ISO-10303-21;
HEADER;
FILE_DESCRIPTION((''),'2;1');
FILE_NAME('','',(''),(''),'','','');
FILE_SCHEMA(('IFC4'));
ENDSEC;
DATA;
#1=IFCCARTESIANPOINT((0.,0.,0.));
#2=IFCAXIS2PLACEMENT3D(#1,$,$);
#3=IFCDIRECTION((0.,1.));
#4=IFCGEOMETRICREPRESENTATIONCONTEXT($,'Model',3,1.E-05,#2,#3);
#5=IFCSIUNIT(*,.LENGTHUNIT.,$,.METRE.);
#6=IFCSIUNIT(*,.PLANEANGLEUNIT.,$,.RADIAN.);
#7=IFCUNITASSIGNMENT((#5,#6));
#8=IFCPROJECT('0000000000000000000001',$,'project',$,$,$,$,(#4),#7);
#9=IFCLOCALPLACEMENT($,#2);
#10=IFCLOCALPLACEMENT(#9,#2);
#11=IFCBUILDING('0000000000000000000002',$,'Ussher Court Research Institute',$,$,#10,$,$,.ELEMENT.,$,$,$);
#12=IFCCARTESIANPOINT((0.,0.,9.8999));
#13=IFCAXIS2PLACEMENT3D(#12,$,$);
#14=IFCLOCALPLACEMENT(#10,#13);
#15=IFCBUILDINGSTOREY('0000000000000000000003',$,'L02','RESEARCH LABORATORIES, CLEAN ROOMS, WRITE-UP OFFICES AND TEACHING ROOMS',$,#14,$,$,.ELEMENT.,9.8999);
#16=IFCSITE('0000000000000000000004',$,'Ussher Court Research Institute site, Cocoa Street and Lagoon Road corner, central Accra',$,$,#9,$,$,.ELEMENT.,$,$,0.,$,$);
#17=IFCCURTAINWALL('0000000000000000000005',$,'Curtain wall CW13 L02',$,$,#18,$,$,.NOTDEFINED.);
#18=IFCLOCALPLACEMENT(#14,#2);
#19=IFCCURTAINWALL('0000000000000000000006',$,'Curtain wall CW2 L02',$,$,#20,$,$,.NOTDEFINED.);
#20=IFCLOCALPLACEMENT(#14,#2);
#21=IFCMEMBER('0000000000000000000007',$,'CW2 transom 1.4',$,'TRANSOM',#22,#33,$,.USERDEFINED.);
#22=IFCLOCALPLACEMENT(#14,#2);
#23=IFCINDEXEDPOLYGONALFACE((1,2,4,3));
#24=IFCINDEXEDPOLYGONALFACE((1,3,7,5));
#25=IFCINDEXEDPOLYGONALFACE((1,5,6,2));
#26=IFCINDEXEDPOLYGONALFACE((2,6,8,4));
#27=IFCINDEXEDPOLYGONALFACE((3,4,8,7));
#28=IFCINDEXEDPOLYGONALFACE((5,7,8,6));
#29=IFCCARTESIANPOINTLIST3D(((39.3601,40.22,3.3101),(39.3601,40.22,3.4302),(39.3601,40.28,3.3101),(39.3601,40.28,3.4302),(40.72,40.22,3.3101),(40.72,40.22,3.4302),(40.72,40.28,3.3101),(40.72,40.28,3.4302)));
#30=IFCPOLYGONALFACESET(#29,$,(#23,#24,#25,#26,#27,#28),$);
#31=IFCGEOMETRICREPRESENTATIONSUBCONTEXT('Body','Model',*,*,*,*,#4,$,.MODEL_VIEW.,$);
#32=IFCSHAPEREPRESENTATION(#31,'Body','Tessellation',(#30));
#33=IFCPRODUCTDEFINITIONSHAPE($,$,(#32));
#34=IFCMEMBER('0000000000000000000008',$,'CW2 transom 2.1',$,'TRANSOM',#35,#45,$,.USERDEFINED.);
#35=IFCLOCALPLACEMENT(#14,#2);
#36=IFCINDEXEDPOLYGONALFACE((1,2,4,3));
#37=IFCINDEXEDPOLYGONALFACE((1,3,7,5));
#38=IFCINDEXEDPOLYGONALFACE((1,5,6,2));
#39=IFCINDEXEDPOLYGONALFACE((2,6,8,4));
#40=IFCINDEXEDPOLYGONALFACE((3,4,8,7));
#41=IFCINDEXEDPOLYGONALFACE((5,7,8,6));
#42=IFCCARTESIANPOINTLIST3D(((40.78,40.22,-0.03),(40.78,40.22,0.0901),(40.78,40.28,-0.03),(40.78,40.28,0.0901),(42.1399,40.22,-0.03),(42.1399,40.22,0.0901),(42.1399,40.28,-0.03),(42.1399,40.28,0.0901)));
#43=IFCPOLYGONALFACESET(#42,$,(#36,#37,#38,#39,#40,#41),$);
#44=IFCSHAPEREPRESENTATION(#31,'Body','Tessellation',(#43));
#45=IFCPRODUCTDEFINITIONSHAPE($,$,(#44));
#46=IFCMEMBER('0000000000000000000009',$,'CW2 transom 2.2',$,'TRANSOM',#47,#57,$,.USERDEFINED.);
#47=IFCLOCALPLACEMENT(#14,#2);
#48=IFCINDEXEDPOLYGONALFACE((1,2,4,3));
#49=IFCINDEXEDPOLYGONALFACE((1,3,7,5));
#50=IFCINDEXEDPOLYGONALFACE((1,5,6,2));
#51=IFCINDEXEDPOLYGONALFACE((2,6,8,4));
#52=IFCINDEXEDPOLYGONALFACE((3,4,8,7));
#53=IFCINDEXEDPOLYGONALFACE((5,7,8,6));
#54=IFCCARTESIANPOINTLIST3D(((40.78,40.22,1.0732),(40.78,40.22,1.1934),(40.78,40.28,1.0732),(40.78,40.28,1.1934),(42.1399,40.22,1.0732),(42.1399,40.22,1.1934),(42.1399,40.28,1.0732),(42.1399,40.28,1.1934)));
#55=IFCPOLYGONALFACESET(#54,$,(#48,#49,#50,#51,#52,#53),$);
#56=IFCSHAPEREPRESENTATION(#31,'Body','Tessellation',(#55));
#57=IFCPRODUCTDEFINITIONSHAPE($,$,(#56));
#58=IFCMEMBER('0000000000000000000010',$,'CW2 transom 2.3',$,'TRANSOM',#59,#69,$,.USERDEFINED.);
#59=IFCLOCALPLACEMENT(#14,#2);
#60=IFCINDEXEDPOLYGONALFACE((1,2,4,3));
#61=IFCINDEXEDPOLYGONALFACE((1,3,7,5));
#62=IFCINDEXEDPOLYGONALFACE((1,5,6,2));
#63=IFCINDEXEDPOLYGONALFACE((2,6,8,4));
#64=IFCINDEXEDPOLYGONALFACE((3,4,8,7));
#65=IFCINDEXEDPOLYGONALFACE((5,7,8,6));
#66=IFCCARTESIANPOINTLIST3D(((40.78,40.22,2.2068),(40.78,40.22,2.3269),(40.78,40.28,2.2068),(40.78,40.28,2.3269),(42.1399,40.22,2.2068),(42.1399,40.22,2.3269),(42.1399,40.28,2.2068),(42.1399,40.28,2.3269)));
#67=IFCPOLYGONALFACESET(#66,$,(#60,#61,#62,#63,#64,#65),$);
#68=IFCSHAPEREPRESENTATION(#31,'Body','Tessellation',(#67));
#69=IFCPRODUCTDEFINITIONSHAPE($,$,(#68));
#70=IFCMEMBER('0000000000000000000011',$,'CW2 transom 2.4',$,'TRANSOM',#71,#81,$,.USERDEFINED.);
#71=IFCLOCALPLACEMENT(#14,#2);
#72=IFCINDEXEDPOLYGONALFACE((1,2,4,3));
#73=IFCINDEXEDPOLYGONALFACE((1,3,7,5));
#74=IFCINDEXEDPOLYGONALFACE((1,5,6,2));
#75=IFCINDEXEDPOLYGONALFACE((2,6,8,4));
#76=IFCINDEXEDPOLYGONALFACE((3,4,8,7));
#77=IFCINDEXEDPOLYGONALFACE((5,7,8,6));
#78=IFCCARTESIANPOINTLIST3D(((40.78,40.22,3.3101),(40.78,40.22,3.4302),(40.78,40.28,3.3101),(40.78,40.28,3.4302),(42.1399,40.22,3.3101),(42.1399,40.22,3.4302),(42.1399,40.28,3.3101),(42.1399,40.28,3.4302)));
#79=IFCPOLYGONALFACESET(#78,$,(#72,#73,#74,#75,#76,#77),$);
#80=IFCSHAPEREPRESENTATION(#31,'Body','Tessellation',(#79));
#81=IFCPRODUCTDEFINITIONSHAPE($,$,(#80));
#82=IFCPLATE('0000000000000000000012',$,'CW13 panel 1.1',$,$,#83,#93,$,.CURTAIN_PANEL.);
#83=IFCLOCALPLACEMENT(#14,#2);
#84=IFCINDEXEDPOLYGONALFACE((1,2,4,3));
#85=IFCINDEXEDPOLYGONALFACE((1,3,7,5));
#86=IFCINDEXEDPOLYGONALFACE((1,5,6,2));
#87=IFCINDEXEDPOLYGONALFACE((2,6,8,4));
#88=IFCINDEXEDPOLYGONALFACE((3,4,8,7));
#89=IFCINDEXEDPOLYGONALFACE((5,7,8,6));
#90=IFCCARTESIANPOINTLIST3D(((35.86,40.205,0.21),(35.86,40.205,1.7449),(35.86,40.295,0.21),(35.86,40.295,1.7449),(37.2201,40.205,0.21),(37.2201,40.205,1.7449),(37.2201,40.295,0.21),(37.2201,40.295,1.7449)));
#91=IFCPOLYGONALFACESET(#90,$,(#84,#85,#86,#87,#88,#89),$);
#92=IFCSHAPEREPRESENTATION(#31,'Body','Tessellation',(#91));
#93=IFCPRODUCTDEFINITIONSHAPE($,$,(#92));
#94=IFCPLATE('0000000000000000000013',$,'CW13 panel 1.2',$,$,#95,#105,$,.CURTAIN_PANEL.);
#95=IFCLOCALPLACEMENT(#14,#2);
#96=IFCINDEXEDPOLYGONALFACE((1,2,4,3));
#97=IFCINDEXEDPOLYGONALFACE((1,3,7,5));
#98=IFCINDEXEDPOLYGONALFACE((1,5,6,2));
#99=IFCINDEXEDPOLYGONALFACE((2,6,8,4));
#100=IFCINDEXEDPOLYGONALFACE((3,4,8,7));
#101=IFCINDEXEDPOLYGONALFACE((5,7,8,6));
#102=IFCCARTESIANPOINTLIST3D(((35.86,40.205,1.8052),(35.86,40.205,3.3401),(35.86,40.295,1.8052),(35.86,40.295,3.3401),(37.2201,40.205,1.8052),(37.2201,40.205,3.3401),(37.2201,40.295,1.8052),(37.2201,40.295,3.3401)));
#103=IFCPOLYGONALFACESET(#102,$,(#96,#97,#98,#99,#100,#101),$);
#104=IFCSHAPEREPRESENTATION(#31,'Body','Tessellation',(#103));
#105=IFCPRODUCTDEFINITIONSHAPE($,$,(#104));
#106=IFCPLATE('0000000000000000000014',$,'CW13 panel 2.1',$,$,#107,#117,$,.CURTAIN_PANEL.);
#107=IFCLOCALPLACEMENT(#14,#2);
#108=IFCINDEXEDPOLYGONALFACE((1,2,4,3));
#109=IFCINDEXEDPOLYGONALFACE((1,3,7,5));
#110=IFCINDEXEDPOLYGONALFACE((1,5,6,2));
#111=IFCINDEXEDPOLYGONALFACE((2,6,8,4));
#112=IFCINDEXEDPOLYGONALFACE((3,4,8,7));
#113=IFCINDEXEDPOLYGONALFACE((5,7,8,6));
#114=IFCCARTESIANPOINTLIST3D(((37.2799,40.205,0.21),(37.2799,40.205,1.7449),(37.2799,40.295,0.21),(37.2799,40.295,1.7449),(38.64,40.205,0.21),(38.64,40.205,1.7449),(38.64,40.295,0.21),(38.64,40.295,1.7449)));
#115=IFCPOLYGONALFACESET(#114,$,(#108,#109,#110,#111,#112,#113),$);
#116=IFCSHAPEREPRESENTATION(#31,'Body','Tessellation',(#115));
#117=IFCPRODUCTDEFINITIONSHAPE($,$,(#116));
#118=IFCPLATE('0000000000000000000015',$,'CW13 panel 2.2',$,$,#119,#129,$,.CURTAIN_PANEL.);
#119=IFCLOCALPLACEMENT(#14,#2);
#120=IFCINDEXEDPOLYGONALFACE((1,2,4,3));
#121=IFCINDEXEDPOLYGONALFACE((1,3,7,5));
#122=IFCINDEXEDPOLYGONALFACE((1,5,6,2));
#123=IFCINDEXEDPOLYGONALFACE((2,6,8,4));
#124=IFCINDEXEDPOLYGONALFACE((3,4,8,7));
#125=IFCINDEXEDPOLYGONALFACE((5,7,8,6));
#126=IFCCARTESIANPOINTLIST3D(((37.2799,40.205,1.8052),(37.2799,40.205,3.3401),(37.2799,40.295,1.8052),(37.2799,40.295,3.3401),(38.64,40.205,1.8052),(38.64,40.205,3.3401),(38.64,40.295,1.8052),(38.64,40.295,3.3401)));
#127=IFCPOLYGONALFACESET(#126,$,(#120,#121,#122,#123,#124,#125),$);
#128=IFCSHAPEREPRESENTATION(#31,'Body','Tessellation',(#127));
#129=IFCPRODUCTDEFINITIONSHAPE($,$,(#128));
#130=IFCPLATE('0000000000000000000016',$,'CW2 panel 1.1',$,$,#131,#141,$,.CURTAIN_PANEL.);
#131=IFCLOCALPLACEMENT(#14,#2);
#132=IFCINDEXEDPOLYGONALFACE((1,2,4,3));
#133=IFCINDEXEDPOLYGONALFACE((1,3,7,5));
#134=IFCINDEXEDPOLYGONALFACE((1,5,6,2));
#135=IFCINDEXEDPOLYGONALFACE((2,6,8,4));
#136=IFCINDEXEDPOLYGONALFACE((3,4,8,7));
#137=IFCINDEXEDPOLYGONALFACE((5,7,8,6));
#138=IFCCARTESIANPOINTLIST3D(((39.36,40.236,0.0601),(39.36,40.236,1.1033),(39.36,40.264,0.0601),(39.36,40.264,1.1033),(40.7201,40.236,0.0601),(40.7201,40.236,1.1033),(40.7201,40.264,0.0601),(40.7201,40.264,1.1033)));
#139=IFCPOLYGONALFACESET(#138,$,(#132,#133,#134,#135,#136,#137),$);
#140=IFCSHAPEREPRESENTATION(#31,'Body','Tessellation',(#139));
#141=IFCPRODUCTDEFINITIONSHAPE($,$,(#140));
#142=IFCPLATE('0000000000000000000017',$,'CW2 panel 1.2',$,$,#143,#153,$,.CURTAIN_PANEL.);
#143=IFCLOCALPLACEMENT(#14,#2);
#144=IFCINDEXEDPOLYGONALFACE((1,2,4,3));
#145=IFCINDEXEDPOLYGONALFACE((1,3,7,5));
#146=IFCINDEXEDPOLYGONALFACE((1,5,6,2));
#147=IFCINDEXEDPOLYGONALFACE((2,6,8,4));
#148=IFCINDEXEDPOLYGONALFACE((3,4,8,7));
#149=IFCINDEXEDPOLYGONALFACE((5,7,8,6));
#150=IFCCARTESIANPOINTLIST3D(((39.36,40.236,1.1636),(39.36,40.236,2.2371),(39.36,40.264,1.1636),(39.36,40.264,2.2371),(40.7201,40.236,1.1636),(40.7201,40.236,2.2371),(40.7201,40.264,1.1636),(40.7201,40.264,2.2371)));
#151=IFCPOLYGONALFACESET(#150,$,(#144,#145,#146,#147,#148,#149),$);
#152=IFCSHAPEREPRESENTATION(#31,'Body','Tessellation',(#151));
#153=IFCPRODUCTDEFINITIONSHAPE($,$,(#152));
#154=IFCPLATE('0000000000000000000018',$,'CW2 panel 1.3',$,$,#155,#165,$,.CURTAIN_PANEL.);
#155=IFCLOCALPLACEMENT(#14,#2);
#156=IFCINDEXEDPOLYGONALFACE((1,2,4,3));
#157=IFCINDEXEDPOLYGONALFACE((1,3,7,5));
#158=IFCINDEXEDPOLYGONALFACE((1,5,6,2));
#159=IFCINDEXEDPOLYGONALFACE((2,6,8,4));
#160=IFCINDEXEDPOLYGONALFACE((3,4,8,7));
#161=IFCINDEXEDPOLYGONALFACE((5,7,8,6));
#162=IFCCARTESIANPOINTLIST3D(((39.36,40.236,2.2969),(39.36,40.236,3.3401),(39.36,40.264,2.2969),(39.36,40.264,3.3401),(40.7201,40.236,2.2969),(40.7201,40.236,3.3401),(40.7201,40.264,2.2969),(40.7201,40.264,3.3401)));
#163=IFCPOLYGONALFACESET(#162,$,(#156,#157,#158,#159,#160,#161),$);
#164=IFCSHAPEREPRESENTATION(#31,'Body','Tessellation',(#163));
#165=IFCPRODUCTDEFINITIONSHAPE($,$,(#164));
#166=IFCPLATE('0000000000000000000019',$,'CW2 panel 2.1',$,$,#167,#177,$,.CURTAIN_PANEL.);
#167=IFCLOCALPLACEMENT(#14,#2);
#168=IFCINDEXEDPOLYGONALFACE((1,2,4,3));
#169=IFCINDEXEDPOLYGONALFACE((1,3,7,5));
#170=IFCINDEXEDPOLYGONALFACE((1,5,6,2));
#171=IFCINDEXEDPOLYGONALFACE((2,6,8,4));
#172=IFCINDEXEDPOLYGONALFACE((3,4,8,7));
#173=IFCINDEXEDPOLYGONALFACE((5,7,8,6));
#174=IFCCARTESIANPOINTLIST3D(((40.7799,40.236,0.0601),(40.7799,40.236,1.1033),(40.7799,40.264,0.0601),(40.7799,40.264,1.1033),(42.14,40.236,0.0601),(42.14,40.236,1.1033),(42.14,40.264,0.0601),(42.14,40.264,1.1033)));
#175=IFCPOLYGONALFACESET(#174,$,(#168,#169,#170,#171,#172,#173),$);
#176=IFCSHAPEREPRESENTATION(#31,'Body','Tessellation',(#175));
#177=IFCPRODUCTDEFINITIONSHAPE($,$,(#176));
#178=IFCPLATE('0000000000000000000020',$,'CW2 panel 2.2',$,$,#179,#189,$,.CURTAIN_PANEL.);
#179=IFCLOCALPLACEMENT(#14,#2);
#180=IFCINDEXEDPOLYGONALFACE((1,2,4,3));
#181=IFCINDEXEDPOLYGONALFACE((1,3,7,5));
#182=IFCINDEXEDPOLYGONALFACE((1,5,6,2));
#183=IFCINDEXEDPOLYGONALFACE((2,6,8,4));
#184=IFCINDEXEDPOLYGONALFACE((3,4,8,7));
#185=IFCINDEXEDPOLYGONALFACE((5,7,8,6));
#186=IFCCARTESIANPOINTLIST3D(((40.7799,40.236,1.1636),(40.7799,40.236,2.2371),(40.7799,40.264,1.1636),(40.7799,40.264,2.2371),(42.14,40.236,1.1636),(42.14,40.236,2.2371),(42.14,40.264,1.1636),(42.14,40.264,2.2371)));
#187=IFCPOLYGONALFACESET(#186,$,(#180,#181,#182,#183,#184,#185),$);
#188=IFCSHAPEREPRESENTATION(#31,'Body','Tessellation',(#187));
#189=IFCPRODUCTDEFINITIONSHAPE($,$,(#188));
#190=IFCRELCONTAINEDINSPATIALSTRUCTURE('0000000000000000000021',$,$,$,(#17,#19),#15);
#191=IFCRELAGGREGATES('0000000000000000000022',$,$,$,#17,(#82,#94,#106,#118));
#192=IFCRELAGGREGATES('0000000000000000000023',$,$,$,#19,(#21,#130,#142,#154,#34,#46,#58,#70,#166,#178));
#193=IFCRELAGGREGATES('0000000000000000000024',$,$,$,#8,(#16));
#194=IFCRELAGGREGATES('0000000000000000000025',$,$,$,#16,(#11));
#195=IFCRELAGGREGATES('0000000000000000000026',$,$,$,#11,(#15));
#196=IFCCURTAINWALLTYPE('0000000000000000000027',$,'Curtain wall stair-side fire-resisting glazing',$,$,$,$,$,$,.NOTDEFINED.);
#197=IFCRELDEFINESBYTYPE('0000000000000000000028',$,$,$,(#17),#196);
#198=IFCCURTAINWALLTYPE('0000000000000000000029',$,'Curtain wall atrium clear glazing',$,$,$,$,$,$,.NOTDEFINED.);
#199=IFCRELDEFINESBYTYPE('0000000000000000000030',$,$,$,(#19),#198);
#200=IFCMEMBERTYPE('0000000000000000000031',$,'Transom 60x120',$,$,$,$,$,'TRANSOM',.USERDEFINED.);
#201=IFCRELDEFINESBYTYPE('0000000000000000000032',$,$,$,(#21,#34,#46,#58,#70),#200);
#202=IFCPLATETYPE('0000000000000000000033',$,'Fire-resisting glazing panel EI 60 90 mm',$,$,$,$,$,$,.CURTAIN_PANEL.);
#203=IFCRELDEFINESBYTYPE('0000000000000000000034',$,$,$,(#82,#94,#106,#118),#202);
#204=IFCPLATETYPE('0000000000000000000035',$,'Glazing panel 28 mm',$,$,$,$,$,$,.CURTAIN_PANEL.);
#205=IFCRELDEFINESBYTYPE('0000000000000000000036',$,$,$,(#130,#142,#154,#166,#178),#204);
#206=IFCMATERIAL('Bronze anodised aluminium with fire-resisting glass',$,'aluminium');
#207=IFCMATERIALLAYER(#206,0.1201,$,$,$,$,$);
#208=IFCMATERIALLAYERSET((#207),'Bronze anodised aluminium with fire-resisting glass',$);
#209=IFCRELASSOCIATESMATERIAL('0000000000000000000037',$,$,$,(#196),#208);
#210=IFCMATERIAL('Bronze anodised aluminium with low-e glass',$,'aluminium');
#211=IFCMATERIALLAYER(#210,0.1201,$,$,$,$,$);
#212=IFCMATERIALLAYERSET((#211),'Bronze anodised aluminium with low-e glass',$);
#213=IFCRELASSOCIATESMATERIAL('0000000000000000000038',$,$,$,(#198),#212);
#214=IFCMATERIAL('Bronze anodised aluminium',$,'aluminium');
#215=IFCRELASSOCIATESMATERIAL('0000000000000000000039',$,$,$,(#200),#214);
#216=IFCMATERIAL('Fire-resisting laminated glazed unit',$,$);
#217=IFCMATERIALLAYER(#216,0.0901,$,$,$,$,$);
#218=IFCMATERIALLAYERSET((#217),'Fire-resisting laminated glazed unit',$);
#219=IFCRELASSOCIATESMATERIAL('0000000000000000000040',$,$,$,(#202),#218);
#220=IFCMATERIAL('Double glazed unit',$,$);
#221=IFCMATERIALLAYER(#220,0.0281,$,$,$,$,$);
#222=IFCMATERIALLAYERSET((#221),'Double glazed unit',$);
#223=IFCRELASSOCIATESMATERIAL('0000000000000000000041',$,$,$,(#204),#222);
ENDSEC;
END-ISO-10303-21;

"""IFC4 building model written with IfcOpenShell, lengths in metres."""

from ifc_helpers import new_model, si_unit, direction, frame, origin, origin_2d, place, context, subcontext, project, spatial, rectangle, extrude, material, layer, layer_set, material_profile, profile_set, type_object, element, aggregate, save


model = new_model("IFC4")

# Units and contexts
model_context = context("Model", 3, precision=1e-05, world=origin(), true_north=direction((0.0, 1.0)))
body_context = subcontext(model_context, "Body", "Model", "MODEL_VIEW")
ifc_project = project(units=[si_unit("LENGTHUNIT", "METRE"), si_unit("PLANEANGLEUNIT", "RADIAN")], contexts=[model_context])

# Site, building, storey
site_placement = place(None, origin())
site = spatial("IfcSite", under=ifc_project, at=site_placement, Name="Ussher Court Research Institute site, Cocoa Street and Lagoon Road corner, central Accra", CompositionType="ELEMENT", RefElevation=0.0)
building_placement = place(site_placement, origin())
building = spatial("IfcBuilding", under=site, at=building_placement, Name="Ussher Court Research Institute", CompositionType="ELEMENT")
storey_placement = place(building_placement, frame((0.0, 0.0, 9.8999)))
storey = spatial("IfcBuildingStorey", under=building, at=storey_placement, Name="L02", Description="RESEARCH LABORATORIES, CLEAN ROOMS, WRITE-UP OFFICES AND TEACHING ROOMS", CompositionType="ELEMENT", Elevation=9.8999)

# Curtain walls
ifc_material_1 = material(Name="Bronze anodised aluminium with fire-resisting glass", Category="aluminium")
ifc_layer_1 = layer(ifc_material_1, 0.1201)
ifc_layer_set_1 = layer_set([ifc_layer_1], Name="Bronze anodised aluminium with fire-resisting glass")
curtain_wall_type_1 = type_object("IfcCurtainWallType", Name="Curtain wall stair-side fire-resisting glazing", PredefinedType="NOTDEFINED", material=ifc_layer_set_1)
curtain_wall_1_placement = place(storey_placement, origin())
curtain_wall_1 = element("IfcCurtainWall", 1, at=curtain_wall_1_placement, inside=storey, type_object=curtain_wall_type_1, Name="Curtain wall CW13 L02", PredefinedType="NOTDEFINED")
ifc_material_2 = material(Name="Bronze anodised aluminium with low-e glass", Category="aluminium")
ifc_layer_2 = layer(ifc_material_2, 0.1201)
ifc_layer_set_2 = layer_set([ifc_layer_2], Name="Bronze anodised aluminium with low-e glass")
curtain_wall_type_2 = type_object("IfcCurtainWallType", Name="Curtain wall atrium clear glazing", PredefinedType="NOTDEFINED", material=ifc_layer_set_2)
curtain_wall_2_placement = place(storey_placement, origin())
curtain_wall_2 = element("IfcCurtainWall", 2, at=curtain_wall_2_placement, inside=storey, type_object=curtain_wall_type_2, Name="Curtain wall CW2 L02", PredefinedType="NOTDEFINED")

# Members
ifc_material_3 = material(Name="Bronze anodised aluminium", Category="aluminium")
ifc_material_profile_1 = material_profile(ifc_material_3, rectangle(XDim=0.0601, YDim=0.1201, at=origin_2d()), Name="Transom 60x120")
ifc_profile_set_1 = profile_set([ifc_material_profile_1], Name="Bronze anodised aluminium")
member_type_1 = type_object("IfcMemberType", Name="Transom 60x120", ElementType="TRANSOM", PredefinedType="USERDEFINED", material=ifc_profile_set_1)
member_1_placement = place(storey_placement, frame((39.3601, 40.25, 3.3701), z_axis=(1.0, 0.0, 0.0), x_axis=(0.0, 1.0, 0.0)))
member_1 = element("IfcMember", 3, at=member_1_placement, type_object=member_type_1, Name="CW2 transom 1.4", ObjectType="TRANSOM", PredefinedType="USERDEFINED", context=body_context, shape_type="SweptSolid", body=[
    extrude(rectangle(XDim=0.0601, YDim=0.1201, at=origin_2d()), origin(), (0.0, 0.0, 1.0), 1.3599),
])
member_2_placement = place(storey_placement, frame((40.78, 40.25, 0.03), z_axis=(1.0, 0.0, 0.0), x_axis=(0.0, 1.0, 0.0)))
member_2 = element("IfcMember", 4, at=member_2_placement, type_object=member_type_1, Name="CW2 transom 2.1", ObjectType="TRANSOM", PredefinedType="USERDEFINED", context=body_context, shape_type="SweptSolid", body=[
    extrude(rectangle(XDim=0.0601, YDim=0.1201, at=origin_2d()), origin(), (0.0, 0.0, 1.0), 1.3599),
])
member_3_placement = place(storey_placement, frame((40.78, 40.25, 1.1333), z_axis=(1.0, 0.0, 0.0), x_axis=(0.0, 1.0, 0.0)))
member_3 = element("IfcMember", 5, at=member_3_placement, type_object=member_type_1, Name="CW2 transom 2.2", ObjectType="TRANSOM", PredefinedType="USERDEFINED", context=body_context, shape_type="SweptSolid", body=[
    extrude(rectangle(XDim=0.0601, YDim=0.1201, at=origin_2d()), origin(), (0.0, 0.0, 1.0), 1.3599),
])
member_4_placement = place(storey_placement, frame((40.78, 40.25, 2.2668), z_axis=(1.0, 0.0, 0.0), x_axis=(0.0, 1.0, 0.0)))
member_4 = element("IfcMember", 6, at=member_4_placement, type_object=member_type_1, Name="CW2 transom 2.3", ObjectType="TRANSOM", PredefinedType="USERDEFINED", context=body_context, shape_type="SweptSolid", body=[
    extrude(rectangle(XDim=0.0601, YDim=0.1201, at=origin_2d()), origin(), (0.0, 0.0, 1.0), 1.3599),
])
member_5_placement = place(storey_placement, frame((40.78, 40.25, 3.3701), z_axis=(1.0, 0.0, 0.0), x_axis=(0.0, 1.0, 0.0)))
member_5 = element("IfcMember", 7, at=member_5_placement, type_object=member_type_1, Name="CW2 transom 2.4", ObjectType="TRANSOM", PredefinedType="USERDEFINED", context=body_context, shape_type="SweptSolid", body=[
    extrude(rectangle(XDim=0.0601, YDim=0.1201, at=origin_2d()), origin(), (0.0, 0.0, 1.0), 1.3599),
])

# Plates
ifc_material_4 = material(Name="Fire-resisting laminated glazed unit")
ifc_layer_3 = layer(ifc_material_4, 0.0901)
ifc_layer_set_3 = layer_set([ifc_layer_3], Name="Fire-resisting laminated glazed unit")
plate_type_1 = type_object("IfcPlateType", Name="Fire-resisting glazing panel EI 60 90 mm", PredefinedType="CURTAIN_PANEL", material=ifc_layer_set_3)
plate_1_placement = place(storey_placement, frame((36.54, 40.25, 0.21), z_axis=(0.0, 0.0, 1.0), x_axis=(1.0, 0.0, 0.0)))
plate_1 = element("IfcPlate", 8, at=plate_1_placement, type_object=plate_type_1, Name="CW13 panel 1.1", PredefinedType="CURTAIN_PANEL", context=body_context, shape_type="SweptSolid", body=[
    extrude(rectangle(XDim=1.3601, YDim=0.0901, at=origin_2d()), origin(), (0.0, 0.0, 1.0), 1.5349),
])
plate_2_placement = place(storey_placement, frame((36.54, 40.25, 1.8052), z_axis=(0.0, 0.0, 1.0), x_axis=(1.0, 0.0, 0.0)))
plate_2 = element("IfcPlate", 9, at=plate_2_placement, type_object=plate_type_1, Name="CW13 panel 1.2", PredefinedType="CURTAIN_PANEL", context=body_context, shape_type="SweptSolid", body=[
    extrude(rectangle(XDim=1.3601, YDim=0.0901, at=origin_2d()), origin(), (0.0, 0.0, 1.0), 1.5349),
])
plate_3_placement = place(storey_placement, frame((37.96, 40.25, 0.21), z_axis=(0.0, 0.0, 1.0), x_axis=(1.0, 0.0, 0.0)))
plate_3 = element("IfcPlate", 10, at=plate_3_placement, type_object=plate_type_1, Name="CW13 panel 2.1", PredefinedType="CURTAIN_PANEL", context=body_context, shape_type="SweptSolid", body=[
    extrude(rectangle(XDim=1.3601, YDim=0.0901, at=origin_2d()), origin(), (0.0, 0.0, 1.0), 1.5349),
])
plate_4_placement = place(storey_placement, frame((37.96, 40.25, 1.8052), z_axis=(0.0, 0.0, 1.0), x_axis=(1.0, 0.0, 0.0)))
plate_4 = element("IfcPlate", 11, at=plate_4_placement, type_object=plate_type_1, Name="CW13 panel 2.2", PredefinedType="CURTAIN_PANEL", context=body_context, shape_type="SweptSolid", body=[
    extrude(rectangle(XDim=1.3601, YDim=0.0901, at=origin_2d()), origin(), (0.0, 0.0, 1.0), 1.5349),
])
aggregate(curtain_wall_1, [plate_1, plate_2, plate_3, plate_4])
ifc_material_5 = material(Name="Double glazed unit")
ifc_layer_4 = layer(ifc_material_5, 0.0281)
ifc_layer_set_4 = layer_set([ifc_layer_4], Name="Double glazed unit")
plate_type_2 = type_object("IfcPlateType", Name="Glazing panel 28 mm", PredefinedType="CURTAIN_PANEL", material=ifc_layer_set_4)
plate_5_placement = place(storey_placement, frame((40.04, 40.25, 0.0601), z_axis=(0.0, 0.0, 1.0), x_axis=(1.0, 0.0, 0.0)))
plate_5 = element("IfcPlate", 12, at=plate_5_placement, type_object=plate_type_2, Name="CW2 panel 1.1", PredefinedType="CURTAIN_PANEL", context=body_context, shape_type="SweptSolid", body=[
    extrude(rectangle(XDim=1.3601, YDim=0.0281, at=origin_2d()), origin(), (0.0, 0.0, 1.0), 1.0432),
])
plate_6_placement = place(storey_placement, frame((40.04, 40.25, 1.1636), z_axis=(0.0, 0.0, 1.0), x_axis=(1.0, 0.0, 0.0)))
plate_6 = element("IfcPlate", 13, at=plate_6_placement, type_object=plate_type_2, Name="CW2 panel 1.2", PredefinedType="CURTAIN_PANEL", context=body_context, shape_type="SweptSolid", body=[
    extrude(rectangle(XDim=1.3601, YDim=0.0281, at=origin_2d()), origin(), (0.0, 0.0, 1.0), 1.0735),
])
plate_7_placement = place(storey_placement, frame((40.04, 40.25, 2.2969), z_axis=(0.0, 0.0, 1.0), x_axis=(1.0, 0.0, 0.0)))
plate_7 = element("IfcPlate", 14, at=plate_7_placement, type_object=plate_type_2, Name="CW2 panel 1.3", PredefinedType="CURTAIN_PANEL", context=body_context, shape_type="SweptSolid", body=[
    extrude(rectangle(XDim=1.3601, YDim=0.0281, at=origin_2d()), origin(), (0.0, 0.0, 1.0), 1.0432),
])
plate_8_placement = place(storey_placement, frame((41.46, 40.25, 0.0601), z_axis=(0.0, 0.0, 1.0), x_axis=(1.0, 0.0, 0.0)))
plate_8 = element("IfcPlate", 15, at=plate_8_placement, type_object=plate_type_2, Name="CW2 panel 2.1", PredefinedType="CURTAIN_PANEL", context=body_context, shape_type="SweptSolid", body=[
    extrude(rectangle(XDim=1.3601, YDim=0.0281, at=origin_2d()), origin(), (0.0, 0.0, 1.0), 1.0432),
])
plate_9_placement = place(storey_placement, frame((41.46, 40.25, 1.1636), z_axis=(0.0, 0.0, 1.0), x_axis=(1.0, 0.0, 0.0)))
plate_9 = element("IfcPlate", 16, at=plate_9_placement, type_object=plate_type_2, Name="CW2 panel 2.2", PredefinedType="CURTAIN_PANEL", context=body_context, shape_type="SweptSolid", body=[
    extrude(rectangle(XDim=1.3601, YDim=0.0281, at=origin_2d()), origin(), (0.0, 0.0, 1.0), 1.0735),
])
aggregate(curtain_wall_2, [member_1, plate_5, plate_6, plate_7, member_2, member_3, member_4, member_5, plate_8, plate_9])

save(model, "model.ifc")
